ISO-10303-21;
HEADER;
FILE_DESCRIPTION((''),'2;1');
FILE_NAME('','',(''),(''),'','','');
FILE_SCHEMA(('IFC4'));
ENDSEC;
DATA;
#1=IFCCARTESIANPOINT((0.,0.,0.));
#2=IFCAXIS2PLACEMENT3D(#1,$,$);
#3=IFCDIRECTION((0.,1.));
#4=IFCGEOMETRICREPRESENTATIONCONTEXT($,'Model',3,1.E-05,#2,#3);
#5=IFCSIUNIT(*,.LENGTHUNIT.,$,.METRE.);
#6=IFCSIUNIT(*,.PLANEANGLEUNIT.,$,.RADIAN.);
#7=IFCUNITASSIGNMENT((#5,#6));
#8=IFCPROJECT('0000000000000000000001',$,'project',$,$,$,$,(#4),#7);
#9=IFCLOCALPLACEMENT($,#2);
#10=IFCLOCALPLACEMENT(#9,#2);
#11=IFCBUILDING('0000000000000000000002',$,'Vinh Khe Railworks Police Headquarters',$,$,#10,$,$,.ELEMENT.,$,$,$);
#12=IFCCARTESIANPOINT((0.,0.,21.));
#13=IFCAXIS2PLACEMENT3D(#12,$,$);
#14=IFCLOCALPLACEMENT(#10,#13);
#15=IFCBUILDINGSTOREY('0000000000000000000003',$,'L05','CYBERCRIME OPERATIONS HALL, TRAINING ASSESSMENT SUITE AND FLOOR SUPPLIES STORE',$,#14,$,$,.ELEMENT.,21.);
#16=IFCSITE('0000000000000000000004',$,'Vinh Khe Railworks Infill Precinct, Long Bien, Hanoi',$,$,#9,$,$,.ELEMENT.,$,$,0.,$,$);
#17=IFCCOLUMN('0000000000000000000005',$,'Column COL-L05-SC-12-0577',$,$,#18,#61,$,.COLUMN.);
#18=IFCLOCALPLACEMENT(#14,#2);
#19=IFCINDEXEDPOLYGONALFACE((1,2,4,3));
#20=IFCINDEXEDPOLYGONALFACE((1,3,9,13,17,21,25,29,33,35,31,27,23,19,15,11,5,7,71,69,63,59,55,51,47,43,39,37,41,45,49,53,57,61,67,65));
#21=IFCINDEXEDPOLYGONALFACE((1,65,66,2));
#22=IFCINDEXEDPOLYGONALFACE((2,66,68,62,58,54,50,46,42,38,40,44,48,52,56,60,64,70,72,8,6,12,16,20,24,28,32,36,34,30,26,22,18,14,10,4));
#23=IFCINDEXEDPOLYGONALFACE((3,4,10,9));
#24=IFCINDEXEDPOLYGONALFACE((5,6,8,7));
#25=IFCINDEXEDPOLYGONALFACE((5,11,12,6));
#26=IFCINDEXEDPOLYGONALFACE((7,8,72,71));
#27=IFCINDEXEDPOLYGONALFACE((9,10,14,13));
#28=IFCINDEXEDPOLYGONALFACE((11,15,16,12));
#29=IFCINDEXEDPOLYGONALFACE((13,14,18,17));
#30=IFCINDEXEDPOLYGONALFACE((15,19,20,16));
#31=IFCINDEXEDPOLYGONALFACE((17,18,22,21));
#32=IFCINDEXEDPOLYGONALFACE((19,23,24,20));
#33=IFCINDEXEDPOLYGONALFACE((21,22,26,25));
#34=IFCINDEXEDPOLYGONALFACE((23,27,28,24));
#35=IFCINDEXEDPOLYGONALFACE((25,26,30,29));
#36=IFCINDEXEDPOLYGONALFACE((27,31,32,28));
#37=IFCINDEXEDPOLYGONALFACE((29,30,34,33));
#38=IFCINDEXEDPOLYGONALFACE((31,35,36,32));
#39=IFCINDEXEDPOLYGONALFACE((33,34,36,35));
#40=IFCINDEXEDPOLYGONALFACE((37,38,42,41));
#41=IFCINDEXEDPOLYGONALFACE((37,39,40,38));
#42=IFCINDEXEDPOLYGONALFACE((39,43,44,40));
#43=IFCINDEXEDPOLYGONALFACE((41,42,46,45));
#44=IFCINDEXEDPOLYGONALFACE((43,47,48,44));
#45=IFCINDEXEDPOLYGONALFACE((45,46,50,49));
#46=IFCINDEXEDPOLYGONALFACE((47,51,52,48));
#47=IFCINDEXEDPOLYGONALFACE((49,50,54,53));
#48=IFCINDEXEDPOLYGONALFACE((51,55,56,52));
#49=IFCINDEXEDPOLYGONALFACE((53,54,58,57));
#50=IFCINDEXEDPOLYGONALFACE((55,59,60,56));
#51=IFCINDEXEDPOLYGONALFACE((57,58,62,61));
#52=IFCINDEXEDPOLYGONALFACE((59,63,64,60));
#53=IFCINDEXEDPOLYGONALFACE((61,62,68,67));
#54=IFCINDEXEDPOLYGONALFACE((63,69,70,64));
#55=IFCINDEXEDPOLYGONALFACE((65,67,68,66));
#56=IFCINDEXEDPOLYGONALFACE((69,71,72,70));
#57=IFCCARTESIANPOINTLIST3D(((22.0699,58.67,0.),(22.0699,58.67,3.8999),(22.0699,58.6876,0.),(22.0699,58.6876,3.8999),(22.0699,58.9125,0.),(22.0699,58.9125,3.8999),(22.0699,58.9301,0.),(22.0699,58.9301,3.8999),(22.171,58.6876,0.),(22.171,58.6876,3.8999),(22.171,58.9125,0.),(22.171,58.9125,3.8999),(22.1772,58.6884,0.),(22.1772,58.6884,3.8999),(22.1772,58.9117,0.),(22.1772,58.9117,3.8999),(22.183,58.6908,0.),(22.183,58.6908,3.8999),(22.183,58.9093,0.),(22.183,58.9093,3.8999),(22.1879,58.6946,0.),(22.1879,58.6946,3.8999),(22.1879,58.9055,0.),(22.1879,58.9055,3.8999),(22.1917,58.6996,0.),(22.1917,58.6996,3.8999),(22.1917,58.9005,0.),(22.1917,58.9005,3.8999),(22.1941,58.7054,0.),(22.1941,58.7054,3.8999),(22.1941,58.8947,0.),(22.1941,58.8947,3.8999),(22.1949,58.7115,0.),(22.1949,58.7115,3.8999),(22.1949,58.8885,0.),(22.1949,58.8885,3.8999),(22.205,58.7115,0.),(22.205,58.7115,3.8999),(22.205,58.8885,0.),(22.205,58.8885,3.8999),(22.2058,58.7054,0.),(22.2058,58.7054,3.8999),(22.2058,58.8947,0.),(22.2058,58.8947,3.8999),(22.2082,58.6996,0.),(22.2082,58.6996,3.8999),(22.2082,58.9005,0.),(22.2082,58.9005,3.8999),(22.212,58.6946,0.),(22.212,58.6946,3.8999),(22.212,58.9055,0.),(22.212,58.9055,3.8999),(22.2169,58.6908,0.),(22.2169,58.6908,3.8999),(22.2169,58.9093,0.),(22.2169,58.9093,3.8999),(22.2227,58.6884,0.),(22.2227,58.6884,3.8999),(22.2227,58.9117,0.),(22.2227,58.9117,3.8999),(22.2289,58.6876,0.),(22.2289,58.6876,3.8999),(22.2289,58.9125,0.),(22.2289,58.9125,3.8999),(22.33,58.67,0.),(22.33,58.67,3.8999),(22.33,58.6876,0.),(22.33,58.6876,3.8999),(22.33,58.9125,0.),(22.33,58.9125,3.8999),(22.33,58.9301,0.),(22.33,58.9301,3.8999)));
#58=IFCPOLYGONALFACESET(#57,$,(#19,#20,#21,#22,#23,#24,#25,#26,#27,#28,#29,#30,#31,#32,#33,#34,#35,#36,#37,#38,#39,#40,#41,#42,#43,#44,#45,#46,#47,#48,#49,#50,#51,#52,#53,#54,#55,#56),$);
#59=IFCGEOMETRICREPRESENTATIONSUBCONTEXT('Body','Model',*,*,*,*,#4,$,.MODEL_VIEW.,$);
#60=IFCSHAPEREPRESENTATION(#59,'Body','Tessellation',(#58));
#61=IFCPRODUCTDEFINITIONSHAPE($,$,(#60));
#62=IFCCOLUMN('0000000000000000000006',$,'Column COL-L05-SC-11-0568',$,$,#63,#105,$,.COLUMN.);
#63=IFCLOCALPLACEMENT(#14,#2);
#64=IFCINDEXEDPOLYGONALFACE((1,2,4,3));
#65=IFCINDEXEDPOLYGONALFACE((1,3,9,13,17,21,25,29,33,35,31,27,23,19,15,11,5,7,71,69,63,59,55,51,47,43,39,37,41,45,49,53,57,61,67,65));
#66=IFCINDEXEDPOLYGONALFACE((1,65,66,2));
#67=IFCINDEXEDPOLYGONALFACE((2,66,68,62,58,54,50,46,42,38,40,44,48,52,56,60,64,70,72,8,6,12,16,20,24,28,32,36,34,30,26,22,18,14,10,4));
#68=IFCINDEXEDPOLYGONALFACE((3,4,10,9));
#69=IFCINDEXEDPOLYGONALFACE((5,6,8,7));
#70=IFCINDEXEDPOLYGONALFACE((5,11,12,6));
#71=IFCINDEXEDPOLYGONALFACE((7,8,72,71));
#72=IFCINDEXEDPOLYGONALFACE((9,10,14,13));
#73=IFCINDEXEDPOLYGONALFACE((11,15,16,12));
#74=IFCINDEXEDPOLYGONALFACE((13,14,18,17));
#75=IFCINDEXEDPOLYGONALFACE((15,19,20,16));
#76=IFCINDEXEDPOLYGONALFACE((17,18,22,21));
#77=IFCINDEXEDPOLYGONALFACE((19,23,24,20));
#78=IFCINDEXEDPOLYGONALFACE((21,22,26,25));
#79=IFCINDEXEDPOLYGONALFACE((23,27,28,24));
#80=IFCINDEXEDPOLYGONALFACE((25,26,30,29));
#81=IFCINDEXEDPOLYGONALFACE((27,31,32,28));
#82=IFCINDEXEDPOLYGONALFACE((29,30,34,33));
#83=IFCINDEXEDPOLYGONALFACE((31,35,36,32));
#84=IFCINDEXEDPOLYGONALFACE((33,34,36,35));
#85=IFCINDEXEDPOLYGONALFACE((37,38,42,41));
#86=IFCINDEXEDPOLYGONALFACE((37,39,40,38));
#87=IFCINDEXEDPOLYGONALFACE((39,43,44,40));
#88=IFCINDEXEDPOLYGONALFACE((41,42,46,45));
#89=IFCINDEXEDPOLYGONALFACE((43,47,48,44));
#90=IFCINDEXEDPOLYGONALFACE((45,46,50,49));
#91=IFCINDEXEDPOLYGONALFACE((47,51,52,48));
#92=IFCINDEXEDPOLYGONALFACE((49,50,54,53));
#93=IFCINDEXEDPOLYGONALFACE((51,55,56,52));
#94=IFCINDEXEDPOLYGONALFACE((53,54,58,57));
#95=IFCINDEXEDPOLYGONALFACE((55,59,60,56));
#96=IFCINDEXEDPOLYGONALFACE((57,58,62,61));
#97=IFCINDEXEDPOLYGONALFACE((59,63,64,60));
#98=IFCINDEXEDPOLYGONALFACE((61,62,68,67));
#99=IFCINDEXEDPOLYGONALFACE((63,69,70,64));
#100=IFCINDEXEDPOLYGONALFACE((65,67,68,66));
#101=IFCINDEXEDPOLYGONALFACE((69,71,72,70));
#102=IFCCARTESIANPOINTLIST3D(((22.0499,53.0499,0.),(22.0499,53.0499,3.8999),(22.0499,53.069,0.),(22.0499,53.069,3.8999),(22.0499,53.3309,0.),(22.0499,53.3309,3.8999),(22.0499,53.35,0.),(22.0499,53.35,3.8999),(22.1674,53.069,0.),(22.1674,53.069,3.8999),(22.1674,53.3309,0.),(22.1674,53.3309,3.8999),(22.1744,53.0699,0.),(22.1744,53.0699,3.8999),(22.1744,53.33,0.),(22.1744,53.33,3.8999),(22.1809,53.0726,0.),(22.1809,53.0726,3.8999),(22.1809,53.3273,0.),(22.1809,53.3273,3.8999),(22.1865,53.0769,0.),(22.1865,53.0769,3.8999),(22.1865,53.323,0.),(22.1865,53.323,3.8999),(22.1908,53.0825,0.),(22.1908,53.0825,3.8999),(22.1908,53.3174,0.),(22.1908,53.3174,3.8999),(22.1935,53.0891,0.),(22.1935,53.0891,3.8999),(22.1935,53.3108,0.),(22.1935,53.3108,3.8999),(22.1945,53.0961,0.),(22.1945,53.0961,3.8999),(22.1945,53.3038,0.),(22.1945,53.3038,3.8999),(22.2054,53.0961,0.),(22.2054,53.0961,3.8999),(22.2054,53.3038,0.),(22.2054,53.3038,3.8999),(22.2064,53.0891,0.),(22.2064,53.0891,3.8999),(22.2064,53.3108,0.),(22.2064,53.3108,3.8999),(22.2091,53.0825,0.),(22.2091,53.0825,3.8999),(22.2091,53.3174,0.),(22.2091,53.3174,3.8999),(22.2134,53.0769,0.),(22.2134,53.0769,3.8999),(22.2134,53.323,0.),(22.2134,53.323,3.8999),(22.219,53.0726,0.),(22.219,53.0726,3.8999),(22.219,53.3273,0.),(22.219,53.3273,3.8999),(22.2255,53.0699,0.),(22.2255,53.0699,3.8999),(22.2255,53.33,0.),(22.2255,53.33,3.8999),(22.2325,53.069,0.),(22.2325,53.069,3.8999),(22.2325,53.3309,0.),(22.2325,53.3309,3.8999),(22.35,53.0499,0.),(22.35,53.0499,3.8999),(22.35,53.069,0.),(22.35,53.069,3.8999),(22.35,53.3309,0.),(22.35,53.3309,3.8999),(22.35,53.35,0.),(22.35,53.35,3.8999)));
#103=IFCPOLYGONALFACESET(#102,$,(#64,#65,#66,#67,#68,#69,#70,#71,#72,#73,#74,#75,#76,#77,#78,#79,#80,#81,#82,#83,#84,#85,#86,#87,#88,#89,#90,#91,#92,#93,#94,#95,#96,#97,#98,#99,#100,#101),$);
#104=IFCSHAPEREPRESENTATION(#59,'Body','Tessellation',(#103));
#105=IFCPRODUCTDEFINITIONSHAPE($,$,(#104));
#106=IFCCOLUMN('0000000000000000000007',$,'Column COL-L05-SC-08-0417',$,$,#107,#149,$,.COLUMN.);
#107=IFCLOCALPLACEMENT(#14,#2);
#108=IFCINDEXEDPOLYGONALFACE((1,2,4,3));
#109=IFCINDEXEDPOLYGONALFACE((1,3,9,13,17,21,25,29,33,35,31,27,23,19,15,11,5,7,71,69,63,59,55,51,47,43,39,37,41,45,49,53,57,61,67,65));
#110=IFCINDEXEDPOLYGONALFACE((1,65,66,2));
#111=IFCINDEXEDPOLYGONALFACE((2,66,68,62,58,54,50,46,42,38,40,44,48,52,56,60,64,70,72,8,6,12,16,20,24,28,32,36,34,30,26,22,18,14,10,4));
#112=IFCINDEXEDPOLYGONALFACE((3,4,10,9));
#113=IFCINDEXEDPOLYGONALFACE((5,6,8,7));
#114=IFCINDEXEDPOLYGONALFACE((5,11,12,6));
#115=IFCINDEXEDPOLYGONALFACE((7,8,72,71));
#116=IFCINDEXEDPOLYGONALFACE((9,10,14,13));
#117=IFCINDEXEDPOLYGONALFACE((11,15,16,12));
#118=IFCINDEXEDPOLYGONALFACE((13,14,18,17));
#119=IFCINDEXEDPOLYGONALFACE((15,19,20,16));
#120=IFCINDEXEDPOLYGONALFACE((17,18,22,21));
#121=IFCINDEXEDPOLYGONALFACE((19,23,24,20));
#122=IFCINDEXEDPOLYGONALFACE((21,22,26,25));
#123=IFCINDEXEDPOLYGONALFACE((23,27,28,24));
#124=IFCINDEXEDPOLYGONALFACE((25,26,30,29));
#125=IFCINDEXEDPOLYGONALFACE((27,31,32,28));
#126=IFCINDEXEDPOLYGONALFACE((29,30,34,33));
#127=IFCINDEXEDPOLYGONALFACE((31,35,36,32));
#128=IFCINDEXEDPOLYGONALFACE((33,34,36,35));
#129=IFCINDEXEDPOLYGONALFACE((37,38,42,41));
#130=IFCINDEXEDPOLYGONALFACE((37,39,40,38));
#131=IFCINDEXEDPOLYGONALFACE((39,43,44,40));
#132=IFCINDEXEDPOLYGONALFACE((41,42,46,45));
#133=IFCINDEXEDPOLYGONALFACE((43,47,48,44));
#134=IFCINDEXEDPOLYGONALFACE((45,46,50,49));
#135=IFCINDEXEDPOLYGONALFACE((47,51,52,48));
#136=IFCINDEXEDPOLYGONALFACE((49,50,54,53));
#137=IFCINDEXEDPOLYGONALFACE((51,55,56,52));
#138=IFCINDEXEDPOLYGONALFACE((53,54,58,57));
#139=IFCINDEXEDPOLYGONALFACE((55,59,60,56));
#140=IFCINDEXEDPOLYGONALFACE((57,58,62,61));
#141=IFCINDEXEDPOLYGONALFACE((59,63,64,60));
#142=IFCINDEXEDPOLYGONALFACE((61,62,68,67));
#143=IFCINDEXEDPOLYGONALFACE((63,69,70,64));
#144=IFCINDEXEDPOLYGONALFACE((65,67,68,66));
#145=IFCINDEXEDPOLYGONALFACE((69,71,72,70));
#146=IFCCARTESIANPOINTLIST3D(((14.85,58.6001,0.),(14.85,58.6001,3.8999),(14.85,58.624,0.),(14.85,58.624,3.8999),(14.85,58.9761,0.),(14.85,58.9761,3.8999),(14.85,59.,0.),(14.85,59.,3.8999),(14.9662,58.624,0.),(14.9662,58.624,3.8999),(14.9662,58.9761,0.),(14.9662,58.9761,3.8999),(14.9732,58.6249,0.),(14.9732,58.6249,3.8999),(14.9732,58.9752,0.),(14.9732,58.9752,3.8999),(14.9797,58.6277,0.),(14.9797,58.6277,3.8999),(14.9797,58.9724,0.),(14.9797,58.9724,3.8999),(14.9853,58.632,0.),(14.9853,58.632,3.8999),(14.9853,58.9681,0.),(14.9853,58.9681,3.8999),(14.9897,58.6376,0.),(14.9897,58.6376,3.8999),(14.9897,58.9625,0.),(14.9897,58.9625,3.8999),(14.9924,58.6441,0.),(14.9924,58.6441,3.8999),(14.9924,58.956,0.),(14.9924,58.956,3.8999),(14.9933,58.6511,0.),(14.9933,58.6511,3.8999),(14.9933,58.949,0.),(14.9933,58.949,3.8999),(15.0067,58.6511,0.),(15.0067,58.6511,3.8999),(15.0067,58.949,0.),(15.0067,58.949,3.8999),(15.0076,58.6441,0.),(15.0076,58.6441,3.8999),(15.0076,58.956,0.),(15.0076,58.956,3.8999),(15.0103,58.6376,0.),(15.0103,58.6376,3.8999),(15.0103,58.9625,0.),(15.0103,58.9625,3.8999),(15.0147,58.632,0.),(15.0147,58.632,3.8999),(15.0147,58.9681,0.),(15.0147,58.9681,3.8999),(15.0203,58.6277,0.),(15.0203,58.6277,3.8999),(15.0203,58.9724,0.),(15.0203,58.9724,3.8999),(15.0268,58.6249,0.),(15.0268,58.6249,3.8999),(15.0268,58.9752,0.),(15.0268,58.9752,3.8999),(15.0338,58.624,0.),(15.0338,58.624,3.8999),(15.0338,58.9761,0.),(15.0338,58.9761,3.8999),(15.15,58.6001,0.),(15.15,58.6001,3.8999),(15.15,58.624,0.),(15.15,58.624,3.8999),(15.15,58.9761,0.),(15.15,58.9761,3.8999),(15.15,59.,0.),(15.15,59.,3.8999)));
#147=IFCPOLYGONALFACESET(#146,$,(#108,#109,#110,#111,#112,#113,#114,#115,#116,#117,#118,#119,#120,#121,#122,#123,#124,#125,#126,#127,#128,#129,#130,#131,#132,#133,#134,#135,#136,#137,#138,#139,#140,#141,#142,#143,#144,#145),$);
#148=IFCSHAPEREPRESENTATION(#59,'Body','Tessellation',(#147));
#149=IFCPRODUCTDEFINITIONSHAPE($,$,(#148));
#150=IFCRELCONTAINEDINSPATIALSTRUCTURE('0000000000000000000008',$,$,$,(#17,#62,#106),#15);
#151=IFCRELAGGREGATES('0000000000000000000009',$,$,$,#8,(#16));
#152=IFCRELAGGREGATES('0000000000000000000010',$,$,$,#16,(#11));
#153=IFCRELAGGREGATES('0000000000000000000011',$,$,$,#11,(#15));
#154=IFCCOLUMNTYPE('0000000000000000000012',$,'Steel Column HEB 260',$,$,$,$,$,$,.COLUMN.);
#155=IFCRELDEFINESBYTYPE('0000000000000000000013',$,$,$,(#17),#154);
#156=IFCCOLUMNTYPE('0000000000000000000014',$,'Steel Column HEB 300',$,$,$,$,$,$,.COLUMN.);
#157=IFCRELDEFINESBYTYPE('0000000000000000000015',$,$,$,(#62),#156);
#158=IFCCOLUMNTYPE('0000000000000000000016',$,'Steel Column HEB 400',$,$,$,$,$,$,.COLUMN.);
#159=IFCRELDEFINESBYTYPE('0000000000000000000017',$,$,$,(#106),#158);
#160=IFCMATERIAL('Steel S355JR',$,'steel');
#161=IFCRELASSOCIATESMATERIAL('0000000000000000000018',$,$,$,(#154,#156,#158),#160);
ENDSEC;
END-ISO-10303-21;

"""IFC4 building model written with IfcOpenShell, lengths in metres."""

from ifc_helpers import new_model, si_unit, direction, frame, origin, origin_2d, place, context, subcontext, project, spatial, i_section, extrude, material, material_profile, profile_set, type_object, element, save


model = new_model("IFC4")

# Units and contexts
model_context = context("Model", 3, precision=1e-05, world=origin(), true_north=direction((0.0, 1.0)))
body_context = subcontext(model_context, "Body", "Model", "MODEL_VIEW")
ifc_project = project(units=[si_unit("LENGTHUNIT", "METRE"), si_unit("PLANEANGLEUNIT", "RADIAN")], contexts=[model_context])

# Site, building, storey
site_placement = place(None, origin())
site = spatial("IfcSite", under=ifc_project, at=site_placement, Name="Vinh Khe Railworks Infill Precinct, Long Bien, Hanoi", CompositionType="ELEMENT", RefElevation=0.0)
building_placement = place(site_placement, origin())
building = spatial("IfcBuilding", under=site, at=building_placement, Name="Vinh Khe Railworks Police Headquarters", CompositionType="ELEMENT")
storey_placement = place(building_placement, frame((0.0, 0.0, 21.0)))
storey = spatial("IfcBuildingStorey", under=building, at=storey_placement, Name="L05", Description="CYBERCRIME OPERATIONS HALL, TRAINING ASSESSMENT SUITE AND FLOOR SUPPLIES STORE", CompositionType="ELEMENT", Elevation=21.0)

# Columns
ifc_material_1 = material(Name="Steel S355JR", Category="steel")
ifc_material_profile_1 = material_profile(ifc_material_1, i_section(OverallWidth=0.26, OverallDepth=0.26, WebThickness=0.01, FlangeThickness=0.0176, FilletRadius=0.0239, at=origin_2d()), Name="HEB 260")
ifc_profile_set_1 = profile_set([ifc_material_profile_1], Name="Steel S355JR")
column_type_1 = type_object("IfcColumnType", Name="Steel Column HEB 260", PredefinedType="COLUMN", material=ifc_profile_set_1)
column_1_placement = place(storey_placement, frame((22.2, 58.8, 0.0), z_axis=(0.0, 0.0, 1.0), x_axis=(1.0, 0.0, 0.0)))
element("IfcColumn", 1, at=column_1_placement, inside=storey, type_object=column_type_1, Name="Column COL-L05-SC-12-0577", PredefinedType="COLUMN", context=body_context, shape_type="SweptSolid", body=[
    extrude(i_section(OverallWidth=0.26, OverallDepth=0.26, WebThickness=0.01, FlangeThickness=0.0176, FilletRadius=0.0239, at=origin_2d()), origin(), (0.0, 0.0, 1.0), 3.8999),
])
ifc_material_profile_2 = material_profile(ifc_material_1, i_section(OverallWidth=0.3, OverallDepth=0.3, WebThickness=0.011, FlangeThickness=0.019, FilletRadius=0.0271, at=origin_2d()), Name="HEB 300")
ifc_profile_set_2 = profile_set([ifc_material_profile_2], Name="Steel S355JR")
column_type_2 = type_object("IfcColumnType", Name="Steel Column HEB 300", PredefinedType="COLUMN", material=ifc_profile_set_2)
column_2_placement = place(storey_placement, frame((22.2, 53.2, 0.0), z_axis=(0.0, 0.0, 1.0), x_axis=(1.0, 0.0, 0.0)))
element("IfcColumn", 2, at=column_2_placement, inside=storey, type_object=column_type_2, Name="Column COL-L05-SC-11-0568", PredefinedType="COLUMN", context=body_context, shape_type="SweptSolid", body=[
    extrude(i_section(OverallWidth=0.3, OverallDepth=0.3, WebThickness=0.011, FlangeThickness=0.019, FilletRadius=0.0271, at=origin_2d()), origin(), (0.0, 0.0, 1.0), 3.8999),
])
ifc_material_profile_3 = material_profile(ifc_material_1, i_section(OverallWidth=0.3, OverallDepth=0.3999, WebThickness=0.0134, FlangeThickness=0.0239, FilletRadius=0.0271, at=origin_2d()), Name="HEB 400")
ifc_profile_set_3 = profile_set([ifc_material_profile_3], Name="Steel S355JR")
column_type_3 = type_object("IfcColumnType", Name="Steel Column HEB 400", PredefinedType="COLUMN", material=ifc_profile_set_3)
column_3_placement = place(storey_placement, frame((15.0, 58.8, 0.0), z_axis=(0.0, 0.0, 1.0), x_axis=(1.0, 0.0, 0.0)))
element("IfcColumn", 3, at=column_3_placement, inside=storey, type_object=column_type_3, Name="Column COL-L05-SC-08-0417", PredefinedType="COLUMN", context=body_context, shape_type="SweptSolid", body=[
    extrude(i_section(OverallWidth=0.3, OverallDepth=0.3999, WebThickness=0.0134, FlangeThickness=0.0239, FilletRadius=0.0271, at=origin_2d()), origin(), (0.0, 0.0, 1.0), 3.8999),
])

save(model, "model.ifc")
